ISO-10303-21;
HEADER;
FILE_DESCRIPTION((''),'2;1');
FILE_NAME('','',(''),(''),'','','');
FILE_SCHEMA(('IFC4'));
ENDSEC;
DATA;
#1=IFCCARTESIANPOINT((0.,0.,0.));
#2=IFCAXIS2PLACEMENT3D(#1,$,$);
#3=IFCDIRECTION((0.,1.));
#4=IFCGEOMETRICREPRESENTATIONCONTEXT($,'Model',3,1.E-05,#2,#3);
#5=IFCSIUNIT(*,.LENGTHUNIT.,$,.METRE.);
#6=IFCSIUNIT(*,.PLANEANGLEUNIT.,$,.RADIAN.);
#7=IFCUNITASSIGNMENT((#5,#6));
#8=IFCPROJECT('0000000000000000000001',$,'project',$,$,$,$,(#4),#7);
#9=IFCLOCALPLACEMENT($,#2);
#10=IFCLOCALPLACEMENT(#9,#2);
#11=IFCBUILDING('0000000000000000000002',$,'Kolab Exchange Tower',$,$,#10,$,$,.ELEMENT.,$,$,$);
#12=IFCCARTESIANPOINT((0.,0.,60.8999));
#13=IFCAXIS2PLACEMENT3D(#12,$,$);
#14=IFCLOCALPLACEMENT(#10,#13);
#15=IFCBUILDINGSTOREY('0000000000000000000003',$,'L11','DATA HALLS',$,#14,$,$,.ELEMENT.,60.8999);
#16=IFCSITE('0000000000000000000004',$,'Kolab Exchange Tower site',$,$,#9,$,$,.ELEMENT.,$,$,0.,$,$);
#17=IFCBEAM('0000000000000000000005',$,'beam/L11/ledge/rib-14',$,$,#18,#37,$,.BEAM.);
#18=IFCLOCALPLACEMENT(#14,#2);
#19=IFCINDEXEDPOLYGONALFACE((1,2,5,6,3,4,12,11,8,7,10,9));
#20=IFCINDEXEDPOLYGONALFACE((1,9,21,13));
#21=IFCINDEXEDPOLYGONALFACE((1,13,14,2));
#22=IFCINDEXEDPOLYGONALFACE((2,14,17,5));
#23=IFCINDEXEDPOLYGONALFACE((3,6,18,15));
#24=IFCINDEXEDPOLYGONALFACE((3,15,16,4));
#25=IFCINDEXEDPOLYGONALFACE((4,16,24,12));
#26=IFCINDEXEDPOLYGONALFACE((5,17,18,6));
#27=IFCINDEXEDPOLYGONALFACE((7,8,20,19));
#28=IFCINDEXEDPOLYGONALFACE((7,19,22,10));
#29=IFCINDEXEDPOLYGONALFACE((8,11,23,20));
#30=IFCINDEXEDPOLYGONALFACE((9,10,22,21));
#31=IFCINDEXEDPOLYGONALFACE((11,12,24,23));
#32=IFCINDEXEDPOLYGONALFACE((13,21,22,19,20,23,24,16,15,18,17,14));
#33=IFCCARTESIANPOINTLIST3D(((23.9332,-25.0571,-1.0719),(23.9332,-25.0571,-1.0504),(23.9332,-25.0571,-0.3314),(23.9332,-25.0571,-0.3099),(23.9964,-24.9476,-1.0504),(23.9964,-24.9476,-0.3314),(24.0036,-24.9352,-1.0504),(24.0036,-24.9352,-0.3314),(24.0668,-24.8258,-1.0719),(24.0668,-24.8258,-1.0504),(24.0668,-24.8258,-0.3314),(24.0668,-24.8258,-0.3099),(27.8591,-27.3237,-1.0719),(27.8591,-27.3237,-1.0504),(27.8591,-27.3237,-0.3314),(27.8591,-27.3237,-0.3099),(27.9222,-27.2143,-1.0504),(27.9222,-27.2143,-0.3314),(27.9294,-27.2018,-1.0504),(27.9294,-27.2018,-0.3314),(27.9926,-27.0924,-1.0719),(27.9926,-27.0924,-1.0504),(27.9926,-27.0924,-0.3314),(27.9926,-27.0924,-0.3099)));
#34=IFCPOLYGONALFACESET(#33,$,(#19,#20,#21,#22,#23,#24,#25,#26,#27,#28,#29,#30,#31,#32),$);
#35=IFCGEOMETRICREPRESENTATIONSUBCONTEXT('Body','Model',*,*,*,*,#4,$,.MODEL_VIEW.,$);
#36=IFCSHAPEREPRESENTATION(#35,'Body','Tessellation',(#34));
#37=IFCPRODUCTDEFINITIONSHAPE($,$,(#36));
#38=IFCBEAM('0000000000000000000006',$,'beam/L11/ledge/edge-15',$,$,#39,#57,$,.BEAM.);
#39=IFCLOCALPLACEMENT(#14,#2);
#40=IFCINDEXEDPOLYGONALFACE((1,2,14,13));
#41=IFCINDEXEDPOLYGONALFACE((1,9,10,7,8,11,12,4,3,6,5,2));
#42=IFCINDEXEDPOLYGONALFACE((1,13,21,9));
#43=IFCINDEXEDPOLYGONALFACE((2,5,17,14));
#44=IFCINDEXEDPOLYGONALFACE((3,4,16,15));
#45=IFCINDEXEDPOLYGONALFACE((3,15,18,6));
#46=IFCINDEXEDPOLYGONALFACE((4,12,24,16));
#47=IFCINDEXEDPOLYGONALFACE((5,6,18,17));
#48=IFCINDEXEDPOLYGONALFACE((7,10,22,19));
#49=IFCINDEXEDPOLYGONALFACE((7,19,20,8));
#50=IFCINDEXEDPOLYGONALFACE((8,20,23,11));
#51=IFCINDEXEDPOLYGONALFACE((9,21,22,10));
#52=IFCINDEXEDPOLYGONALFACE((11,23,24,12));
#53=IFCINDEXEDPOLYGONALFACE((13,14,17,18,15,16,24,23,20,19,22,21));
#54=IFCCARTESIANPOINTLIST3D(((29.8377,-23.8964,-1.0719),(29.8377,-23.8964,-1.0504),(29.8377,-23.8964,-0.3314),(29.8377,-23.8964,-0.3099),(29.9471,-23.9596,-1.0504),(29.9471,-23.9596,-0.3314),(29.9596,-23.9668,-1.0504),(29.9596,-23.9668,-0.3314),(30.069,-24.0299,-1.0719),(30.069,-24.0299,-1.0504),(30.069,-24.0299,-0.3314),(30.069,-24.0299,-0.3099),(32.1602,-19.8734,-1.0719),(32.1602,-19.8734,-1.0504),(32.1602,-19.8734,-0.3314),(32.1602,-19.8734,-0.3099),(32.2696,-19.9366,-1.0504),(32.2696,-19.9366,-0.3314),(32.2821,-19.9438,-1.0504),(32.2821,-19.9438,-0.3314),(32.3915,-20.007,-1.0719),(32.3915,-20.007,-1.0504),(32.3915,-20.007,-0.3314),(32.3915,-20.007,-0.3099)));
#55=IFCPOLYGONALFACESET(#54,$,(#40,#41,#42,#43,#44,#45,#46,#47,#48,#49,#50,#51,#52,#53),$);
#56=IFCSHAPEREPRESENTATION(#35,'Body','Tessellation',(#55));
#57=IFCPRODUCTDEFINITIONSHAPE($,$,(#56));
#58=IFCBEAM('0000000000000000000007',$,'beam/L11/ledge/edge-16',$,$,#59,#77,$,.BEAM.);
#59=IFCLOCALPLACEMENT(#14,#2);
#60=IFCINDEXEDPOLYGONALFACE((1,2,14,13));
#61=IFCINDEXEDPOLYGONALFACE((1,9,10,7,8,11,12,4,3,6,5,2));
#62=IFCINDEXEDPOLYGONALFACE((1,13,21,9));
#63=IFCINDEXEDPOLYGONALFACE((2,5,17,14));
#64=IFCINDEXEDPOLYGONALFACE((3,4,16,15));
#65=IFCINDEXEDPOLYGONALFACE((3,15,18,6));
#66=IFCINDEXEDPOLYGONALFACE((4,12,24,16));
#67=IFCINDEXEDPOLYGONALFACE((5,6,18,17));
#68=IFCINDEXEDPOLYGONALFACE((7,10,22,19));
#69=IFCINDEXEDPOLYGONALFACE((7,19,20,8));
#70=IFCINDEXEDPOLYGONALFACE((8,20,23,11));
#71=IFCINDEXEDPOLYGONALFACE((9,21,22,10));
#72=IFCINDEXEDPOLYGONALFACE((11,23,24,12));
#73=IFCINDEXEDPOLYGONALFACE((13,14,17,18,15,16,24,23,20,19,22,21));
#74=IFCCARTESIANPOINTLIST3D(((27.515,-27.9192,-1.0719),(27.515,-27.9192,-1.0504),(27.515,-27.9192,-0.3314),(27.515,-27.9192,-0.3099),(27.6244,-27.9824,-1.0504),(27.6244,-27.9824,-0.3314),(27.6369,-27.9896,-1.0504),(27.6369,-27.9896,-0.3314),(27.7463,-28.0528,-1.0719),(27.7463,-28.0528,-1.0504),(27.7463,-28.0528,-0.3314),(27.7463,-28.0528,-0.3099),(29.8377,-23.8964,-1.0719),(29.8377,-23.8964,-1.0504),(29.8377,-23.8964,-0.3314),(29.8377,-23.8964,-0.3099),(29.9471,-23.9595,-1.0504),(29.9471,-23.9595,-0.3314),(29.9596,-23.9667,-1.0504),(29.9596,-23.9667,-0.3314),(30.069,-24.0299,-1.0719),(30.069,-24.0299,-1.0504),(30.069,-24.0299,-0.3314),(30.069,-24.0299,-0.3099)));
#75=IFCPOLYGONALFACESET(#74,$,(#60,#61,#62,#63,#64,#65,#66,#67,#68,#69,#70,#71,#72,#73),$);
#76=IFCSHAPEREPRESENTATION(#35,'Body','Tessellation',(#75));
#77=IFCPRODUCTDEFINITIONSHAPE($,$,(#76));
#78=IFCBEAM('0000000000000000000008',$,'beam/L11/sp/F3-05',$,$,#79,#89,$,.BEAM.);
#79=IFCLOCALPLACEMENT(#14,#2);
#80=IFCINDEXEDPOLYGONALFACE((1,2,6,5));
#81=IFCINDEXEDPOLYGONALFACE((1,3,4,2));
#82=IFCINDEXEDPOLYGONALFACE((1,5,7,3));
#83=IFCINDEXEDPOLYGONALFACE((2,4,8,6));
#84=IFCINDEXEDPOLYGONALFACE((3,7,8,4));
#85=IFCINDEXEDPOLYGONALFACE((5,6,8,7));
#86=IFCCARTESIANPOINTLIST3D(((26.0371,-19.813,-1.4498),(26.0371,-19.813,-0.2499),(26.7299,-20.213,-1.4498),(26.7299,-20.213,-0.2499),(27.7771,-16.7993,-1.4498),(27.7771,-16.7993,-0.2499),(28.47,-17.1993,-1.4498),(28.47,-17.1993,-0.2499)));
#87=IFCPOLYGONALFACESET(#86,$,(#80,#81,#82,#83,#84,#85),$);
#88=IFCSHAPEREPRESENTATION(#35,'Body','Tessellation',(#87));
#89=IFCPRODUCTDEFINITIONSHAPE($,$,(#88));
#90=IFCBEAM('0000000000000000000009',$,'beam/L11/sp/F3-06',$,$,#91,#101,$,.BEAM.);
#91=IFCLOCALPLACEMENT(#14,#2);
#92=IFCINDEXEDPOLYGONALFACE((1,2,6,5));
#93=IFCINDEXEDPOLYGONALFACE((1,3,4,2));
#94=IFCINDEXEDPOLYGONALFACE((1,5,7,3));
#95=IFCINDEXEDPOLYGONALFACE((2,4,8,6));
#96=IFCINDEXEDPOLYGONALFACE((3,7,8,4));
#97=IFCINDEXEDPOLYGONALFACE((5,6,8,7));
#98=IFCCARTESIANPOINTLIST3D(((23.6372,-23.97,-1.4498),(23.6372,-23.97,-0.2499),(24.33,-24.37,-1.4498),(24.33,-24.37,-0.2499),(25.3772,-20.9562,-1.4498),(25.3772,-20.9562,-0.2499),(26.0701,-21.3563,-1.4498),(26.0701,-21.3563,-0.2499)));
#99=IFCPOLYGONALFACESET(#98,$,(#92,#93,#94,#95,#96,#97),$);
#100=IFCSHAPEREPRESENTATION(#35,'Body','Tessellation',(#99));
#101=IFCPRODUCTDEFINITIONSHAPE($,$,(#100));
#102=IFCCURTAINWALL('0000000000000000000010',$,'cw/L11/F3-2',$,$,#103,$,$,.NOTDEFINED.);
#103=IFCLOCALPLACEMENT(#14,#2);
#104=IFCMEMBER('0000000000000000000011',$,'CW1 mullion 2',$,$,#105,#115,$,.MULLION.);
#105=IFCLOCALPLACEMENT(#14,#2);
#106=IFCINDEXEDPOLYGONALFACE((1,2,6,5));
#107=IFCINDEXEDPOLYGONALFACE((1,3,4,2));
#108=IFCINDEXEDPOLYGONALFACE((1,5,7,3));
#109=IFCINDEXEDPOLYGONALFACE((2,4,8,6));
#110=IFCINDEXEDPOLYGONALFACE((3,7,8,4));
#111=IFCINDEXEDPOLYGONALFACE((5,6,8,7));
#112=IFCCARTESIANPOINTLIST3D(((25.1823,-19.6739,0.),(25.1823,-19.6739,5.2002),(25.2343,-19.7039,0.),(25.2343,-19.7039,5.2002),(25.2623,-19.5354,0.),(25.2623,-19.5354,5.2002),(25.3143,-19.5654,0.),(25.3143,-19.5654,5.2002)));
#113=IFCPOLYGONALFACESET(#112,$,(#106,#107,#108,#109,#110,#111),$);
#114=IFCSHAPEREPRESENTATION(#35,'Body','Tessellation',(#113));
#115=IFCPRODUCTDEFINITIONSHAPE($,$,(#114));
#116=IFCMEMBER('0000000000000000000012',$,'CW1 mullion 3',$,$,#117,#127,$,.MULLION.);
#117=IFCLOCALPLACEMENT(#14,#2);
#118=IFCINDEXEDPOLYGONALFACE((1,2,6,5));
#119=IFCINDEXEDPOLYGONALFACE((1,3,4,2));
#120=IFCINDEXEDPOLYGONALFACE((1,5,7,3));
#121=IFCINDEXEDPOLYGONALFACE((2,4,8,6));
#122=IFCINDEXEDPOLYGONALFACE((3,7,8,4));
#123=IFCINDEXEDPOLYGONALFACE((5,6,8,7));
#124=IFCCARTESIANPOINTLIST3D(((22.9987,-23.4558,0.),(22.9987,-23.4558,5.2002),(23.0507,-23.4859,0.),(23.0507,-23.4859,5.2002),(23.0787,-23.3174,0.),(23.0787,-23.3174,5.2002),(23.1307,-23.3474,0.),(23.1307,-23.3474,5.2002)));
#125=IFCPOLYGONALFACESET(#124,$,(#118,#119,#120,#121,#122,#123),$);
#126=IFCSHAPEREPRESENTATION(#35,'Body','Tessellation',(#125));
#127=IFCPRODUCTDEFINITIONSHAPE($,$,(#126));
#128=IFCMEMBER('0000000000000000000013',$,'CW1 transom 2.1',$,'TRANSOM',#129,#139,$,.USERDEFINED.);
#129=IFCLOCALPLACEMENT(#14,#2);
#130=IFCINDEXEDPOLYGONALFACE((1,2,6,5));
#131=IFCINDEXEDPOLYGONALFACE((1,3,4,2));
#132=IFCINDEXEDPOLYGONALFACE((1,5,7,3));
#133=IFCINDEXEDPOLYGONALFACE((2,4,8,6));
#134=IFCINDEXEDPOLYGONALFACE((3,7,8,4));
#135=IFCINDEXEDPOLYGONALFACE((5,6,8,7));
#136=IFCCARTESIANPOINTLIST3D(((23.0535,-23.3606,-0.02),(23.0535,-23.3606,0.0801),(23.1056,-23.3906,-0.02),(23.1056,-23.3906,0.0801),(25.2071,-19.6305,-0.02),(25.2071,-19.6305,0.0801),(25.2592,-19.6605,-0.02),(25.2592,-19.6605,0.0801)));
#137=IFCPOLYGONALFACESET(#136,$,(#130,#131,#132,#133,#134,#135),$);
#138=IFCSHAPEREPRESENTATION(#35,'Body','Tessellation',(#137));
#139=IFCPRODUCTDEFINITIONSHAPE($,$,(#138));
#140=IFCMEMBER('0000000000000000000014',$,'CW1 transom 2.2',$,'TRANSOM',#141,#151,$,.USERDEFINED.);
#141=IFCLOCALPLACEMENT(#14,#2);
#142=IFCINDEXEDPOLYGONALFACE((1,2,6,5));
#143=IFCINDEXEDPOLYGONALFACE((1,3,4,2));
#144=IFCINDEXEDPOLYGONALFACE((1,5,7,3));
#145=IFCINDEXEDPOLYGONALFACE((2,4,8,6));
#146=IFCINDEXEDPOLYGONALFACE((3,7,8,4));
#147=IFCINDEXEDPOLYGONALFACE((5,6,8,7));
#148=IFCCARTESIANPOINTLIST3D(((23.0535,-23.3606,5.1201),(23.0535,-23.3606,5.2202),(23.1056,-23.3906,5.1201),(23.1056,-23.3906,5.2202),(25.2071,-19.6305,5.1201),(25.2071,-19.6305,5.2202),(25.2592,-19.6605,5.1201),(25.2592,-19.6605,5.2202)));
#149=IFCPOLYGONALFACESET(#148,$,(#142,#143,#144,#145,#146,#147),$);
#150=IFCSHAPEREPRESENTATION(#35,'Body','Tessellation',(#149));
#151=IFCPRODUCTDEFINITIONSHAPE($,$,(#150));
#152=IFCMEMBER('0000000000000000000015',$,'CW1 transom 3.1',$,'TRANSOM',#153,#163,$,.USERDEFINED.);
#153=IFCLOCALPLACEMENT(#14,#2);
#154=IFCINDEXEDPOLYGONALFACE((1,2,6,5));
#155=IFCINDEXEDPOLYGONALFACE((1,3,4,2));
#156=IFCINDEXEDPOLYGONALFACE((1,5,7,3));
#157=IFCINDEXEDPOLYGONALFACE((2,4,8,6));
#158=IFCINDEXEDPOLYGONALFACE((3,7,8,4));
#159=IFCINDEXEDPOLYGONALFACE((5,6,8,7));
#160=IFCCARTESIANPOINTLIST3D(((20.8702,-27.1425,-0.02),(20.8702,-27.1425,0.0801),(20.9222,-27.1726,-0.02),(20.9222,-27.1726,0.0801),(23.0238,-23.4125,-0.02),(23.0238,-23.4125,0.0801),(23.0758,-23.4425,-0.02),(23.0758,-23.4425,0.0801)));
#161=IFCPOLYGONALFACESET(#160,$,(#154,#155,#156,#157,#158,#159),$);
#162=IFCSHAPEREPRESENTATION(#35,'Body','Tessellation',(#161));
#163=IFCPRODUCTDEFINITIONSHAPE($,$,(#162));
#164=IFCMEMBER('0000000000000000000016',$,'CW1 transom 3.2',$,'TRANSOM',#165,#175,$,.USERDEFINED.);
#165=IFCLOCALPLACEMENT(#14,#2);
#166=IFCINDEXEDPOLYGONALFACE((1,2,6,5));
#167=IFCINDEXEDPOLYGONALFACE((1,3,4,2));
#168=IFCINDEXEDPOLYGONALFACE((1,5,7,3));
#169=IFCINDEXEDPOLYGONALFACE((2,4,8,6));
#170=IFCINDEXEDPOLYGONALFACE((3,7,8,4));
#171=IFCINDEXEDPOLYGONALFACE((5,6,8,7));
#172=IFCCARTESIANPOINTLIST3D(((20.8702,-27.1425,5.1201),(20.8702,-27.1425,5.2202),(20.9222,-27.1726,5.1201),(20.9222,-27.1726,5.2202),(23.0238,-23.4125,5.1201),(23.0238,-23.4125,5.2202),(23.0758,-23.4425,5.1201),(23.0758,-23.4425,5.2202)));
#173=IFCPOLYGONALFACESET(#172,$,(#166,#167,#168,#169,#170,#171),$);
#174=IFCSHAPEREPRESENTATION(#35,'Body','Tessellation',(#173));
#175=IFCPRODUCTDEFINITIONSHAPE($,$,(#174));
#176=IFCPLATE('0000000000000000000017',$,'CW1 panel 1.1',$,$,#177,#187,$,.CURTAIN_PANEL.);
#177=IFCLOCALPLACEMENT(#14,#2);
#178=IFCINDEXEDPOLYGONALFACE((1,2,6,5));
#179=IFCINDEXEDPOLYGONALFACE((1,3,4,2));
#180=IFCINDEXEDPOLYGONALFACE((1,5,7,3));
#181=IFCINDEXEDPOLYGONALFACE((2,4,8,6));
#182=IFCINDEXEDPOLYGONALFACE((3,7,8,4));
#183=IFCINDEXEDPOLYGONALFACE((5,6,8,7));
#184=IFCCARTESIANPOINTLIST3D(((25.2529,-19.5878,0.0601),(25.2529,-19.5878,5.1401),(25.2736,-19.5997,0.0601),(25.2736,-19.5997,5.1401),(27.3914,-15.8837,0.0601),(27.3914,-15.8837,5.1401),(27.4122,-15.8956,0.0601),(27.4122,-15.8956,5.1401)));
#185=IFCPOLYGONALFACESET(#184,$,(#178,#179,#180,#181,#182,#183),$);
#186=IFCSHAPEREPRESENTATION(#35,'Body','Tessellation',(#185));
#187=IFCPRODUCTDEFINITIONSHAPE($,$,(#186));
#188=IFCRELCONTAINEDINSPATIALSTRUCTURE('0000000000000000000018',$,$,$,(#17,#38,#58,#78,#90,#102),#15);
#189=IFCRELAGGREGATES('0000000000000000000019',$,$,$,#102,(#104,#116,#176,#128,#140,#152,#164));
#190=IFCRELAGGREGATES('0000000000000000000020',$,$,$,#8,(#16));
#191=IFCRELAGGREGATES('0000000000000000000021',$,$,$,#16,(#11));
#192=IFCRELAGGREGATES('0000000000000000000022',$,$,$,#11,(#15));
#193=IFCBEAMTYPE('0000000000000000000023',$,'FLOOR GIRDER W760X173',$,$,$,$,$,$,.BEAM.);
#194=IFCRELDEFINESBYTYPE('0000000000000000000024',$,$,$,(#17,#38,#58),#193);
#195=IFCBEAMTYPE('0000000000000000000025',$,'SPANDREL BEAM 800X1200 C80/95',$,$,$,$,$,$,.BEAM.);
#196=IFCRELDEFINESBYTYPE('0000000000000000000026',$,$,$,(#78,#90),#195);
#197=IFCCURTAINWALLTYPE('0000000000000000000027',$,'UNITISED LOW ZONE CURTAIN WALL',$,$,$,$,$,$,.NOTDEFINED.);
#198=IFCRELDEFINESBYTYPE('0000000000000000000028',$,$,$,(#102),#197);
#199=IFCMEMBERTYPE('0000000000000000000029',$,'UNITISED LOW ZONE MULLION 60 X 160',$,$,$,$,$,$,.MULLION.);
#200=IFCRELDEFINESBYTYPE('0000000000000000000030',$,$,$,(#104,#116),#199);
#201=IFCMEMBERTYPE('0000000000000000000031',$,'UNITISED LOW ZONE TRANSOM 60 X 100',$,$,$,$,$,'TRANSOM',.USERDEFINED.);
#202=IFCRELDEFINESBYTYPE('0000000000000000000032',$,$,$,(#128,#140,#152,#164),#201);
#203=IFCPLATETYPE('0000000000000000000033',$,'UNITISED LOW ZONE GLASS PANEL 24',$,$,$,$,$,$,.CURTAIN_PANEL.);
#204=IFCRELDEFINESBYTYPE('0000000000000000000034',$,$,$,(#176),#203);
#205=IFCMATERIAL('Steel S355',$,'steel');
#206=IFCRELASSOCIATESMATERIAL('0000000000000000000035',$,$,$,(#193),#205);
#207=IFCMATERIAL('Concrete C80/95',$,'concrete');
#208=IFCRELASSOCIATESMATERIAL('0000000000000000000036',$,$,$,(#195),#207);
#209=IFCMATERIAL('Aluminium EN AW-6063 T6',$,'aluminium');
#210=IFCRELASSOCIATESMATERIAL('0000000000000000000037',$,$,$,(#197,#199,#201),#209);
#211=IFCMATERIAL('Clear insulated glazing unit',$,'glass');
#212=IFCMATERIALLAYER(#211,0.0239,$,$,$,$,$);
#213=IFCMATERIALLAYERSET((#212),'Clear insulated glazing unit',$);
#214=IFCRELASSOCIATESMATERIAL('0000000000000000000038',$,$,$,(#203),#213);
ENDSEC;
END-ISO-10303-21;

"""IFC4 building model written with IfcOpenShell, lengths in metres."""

from ifc_helpers import new_model, si_unit, direction, frame, origin, origin_2d, place, context, subcontext, project, spatial, rectangle, i_section, extrude, material, layer, layer_set, material_profile, profile_set, type_object, element, aggregate, save


model = new_model("IFC4")

# Units and contexts
model_context = context("Model", 3, precision=1e-05, world=origin(), true_north=direction((0.0, 1.0)))
body_context = subcontext(model_context, "Body", "Model", "MODEL_VIEW")
ifc_project = project(units=[si_unit("LENGTHUNIT", "METRE"), si_unit("PLANEANGLEUNIT", "RADIAN")], contexts=[model_context])

# Site, building, storey
site_placement = place(None, origin())
site = spatial("IfcSite", under=ifc_project, at=site_placement, Name="Kolab Exchange Tower site", CompositionType="ELEMENT", RefElevation=0.0)
building_placement = place(site_placement, origin())
building = spatial("IfcBuilding", under=site, at=building_placement, Name="Kolab Exchange Tower", CompositionType="ELEMENT")
storey_placement = place(building_placement, frame((0.0, 0.0, 60.8999)))
storey = spatial("IfcBuildingStorey", under=building, at=storey_placement, Name="L11", Description="DATA HALLS", CompositionType="ELEMENT", Elevation=60.8999)

# Shared definitions
ifc_material_1 = material(Name="Concrete C80/95", Category="concrete")

# Beams
ifc_material_2 = material(Name="Steel S355", Category="steel")
ifc_material_profile_1 = material_profile(ifc_material_2, i_section(OverallWidth=0.2671, OverallDepth=0.762, WebThickness=0.0144, FlangeThickness=0.0215, at=origin_2d()), Name="W760X173")
ifc_profile_set_1 = profile_set([ifc_material_profile_1], Name="Steel S355")
beam_type_1 = type_object("IfcBeamType", Name="FLOOR GIRDER W760X173", PredefinedType="BEAM", material=ifc_profile_set_1)
beam_1_placement = place(storey_placement, frame((24.0, -24.9414, -0.6909), z_axis=(0.866021, -0.500008, 0.0), x_axis=(0.500008, 0.866021, 0.0)))
element("IfcBeam", 1, at=beam_1_placement, inside=storey, type_object=beam_type_1, Name="beam/L11/ledge/rib-14", PredefinedType="BEAM", context=body_context, shape_type="SweptSolid", body=[
    extrude(i_section(OverallWidth=0.2671, OverallDepth=0.762, WebThickness=0.0144, FlangeThickness=0.0215, at=origin_2d()), origin(), (0.0, 0.0, 1.0), 4.5332),
])
for number, where, z_axis, x_axis, name in (
    (2, (32.2759, -19.9402, -0.6909), (-0.499977, -0.866039, 0.0), (0.866039, -0.499977, 0.0), "beam/L11/ledge/edge-15"),
    (3, (29.9534, -23.9631, -0.6909), (-0.500017, -0.866016, 0.0), (0.866016, -0.500017, 0.0), "beam/L11/ledge/edge-16"),
):
    element("IfcBeam", number, at=place(storey_placement, frame(where, z_axis=z_axis, x_axis=x_axis)), inside=storey, type_object=beam_type_1, Name=name, PredefinedType="BEAM", context=body_context, shape_type="SweptSolid", body=[
        extrude(i_section(OverallWidth=0.2671, OverallDepth=0.762, WebThickness=0.0144, FlangeThickness=0.0215, at=origin_2d()), origin(), (0.0, 0.0, 1.0), 4.6453),
    ])
ifc_material_profile_2 = material_profile(ifc_material_1, rectangle(XDim=0.8, YDim=1.2, at=origin_2d()), Name="RC800X1200")
ifc_profile_set_2 = profile_set([ifc_material_profile_2], Name="Concrete C80/95")
beam_type_2 = type_object("IfcBeamType", Name="SPANDREL BEAM 800X1200 C80/95", PredefinedType="BEAM", material=ifc_profile_set_2)
for number, where, z_axis, x_axis, name in (
    (4, (28.1235, -16.9993, -0.8499), (-0.50001, -0.86602, 0.0), (0.86602, -0.50001, 0.0), "beam/L11/sp/F3-05"),
    (5, (25.7236, -21.1562, -0.8499), (-0.50001, -0.86602, 0.0), (0.86602, -0.50001, 0.0), "beam/L11/sp/F3-06"),
):
    element("IfcBeam", number, at=place(storey_placement, frame(where, z_axis=z_axis, x_axis=x_axis)), inside=storey, type_object=beam_type_2, Name=name, PredefinedType="BEAM", context=body_context, shape_type="SweptSolid", body=[
        extrude(rectangle(XDim=0.8, YDim=1.2, at=origin_2d()), origin(), (0.0, 0.0, 1.0), 3.48),
    ])

# Curtain wall, members, plate
ifc_material_3 = material(Name="Aluminium EN AW-6063 T6", Category="aluminium")
curtain_wall_type = type_object("IfcCurtainWallType", Name="UNITISED LOW ZONE CURTAIN WALL", PredefinedType="NOTDEFINED", material=ifc_material_3)
curtain_wall_placement = place(storey_placement, origin())
curtain_wall = element("IfcCurtainWall", 6, at=curtain_wall_placement, inside=storey, type_object=curtain_wall_type, Name="cw/L11/F3-2", PredefinedType="NOTDEFINED")
ifc_material_profile_3 = material_profile(ifc_material_3, rectangle(XDim=0.0601, YDim=0.1599, at=origin_2d()), Name="RECT 60X160")
ifc_profile_set_3 = profile_set([ifc_material_profile_3], Name="Aluminium EN AW-6063 T6")
member_type_1 = type_object("IfcMemberType", Name="UNITISED LOW ZONE MULLION 60 X 160", PredefinedType="MULLION", material=ifc_profile_set_3)
member_1_placement = place(storey_placement, frame((25.2483, -19.6196, 0.0), z_axis=(0.0, 0.0, 1.0), x_axis=(0.866025, -0.5, 0.0)))
member_1 = element("IfcMember", 7, at=member_1_placement, type_object=member_type_1, Name="CW1 mullion 2", PredefinedType="MULLION", context=body_context, shape_type="SweptSolid", body=[
    extrude(rectangle(XDim=0.0601, YDim=0.1599, at=origin_2d()), origin(), (0.0, 0.0, 1.0), 5.2002),
])
member_2_placement = place(storey_placement, frame((23.0647, -23.4016, 0.0), z_axis=(0.0, 0.0, 1.0), x_axis=(0.866025, -0.5, 0.0)))
member_2 = element("IfcMember", 8, at=member_2_placement, type_object=member_type_1, Name="CW1 mullion 3", PredefinedType="MULLION", context=body_context, shape_type="SweptSolid", body=[
    extrude(rectangle(XDim=0.0601, YDim=0.1599, at=origin_2d()), origin(), (0.0, 0.0, 1.0), 5.2002),
])
ifc_material_profile_4 = material_profile(ifc_material_3, rectangle(XDim=0.0601, YDim=0.1001, at=origin_2d()), Name="RECT 60X100")
ifc_profile_set_4 = profile_set([ifc_material_profile_4], Name="Aluminium EN AW-6063 T6")
member_type_2 = type_object("IfcMemberType", Name="UNITISED LOW ZONE TRANSOM 60 X 100", ElementType="TRANSOM", PredefinedType="USERDEFINED", material=ifc_profile_set_4)
member_3_placement = place(storey_placement, frame((25.2332, -19.6455, 0.03), z_axis=(-0.50001, -0.866019, 0.0), x_axis=(0.866019, -0.50001, 0.0)))
member_3 = element("IfcMember", 9, at=member_3_placement, type_object=member_type_2, Name="CW1 transom 2.1", ObjectType="TRANSOM", PredefinedType="USERDEFINED", context=body_context, shape_type="SweptSolid", body=[
    extrude(rectangle(XDim=0.0601, YDim=0.1001, at=origin_2d()), origin(), (0.0, 0.0, 1.0), 4.3071),
])
member_4_placement = place(storey_placement, frame((25.2332, -19.6455, 5.1702), z_axis=(-0.50001, -0.866019, 0.0), x_axis=(0.866019, -0.50001, 0.0)))
member_4 = element("IfcMember", 10, at=member_4_placement, type_object=member_type_2, Name="CW1 transom 2.2", ObjectType="TRANSOM", PredefinedType="USERDEFINED", context=body_context, shape_type="SweptSolid", body=[
    extrude(rectangle(XDim=0.0601, YDim=0.1001, at=origin_2d()), origin(), (0.0, 0.0, 1.0), 4.3071),
])
member_5_placement = place(storey_placement, frame((23.0498, -23.4275, 0.03), z_axis=(-0.50001, -0.866019, 0.0), x_axis=(0.866019, -0.50001, 0.0)))
member_5 = element("IfcMember", 11, at=member_5_placement, type_object=member_type_2, Name="CW1 transom 3.1", ObjectType="TRANSOM", PredefinedType="USERDEFINED", context=body_context, shape_type="SweptSolid", body=[
    extrude(rectangle(XDim=0.0601, YDim=0.1001, at=origin_2d()), origin(), (0.0, 0.0, 1.0), 4.3071),
])
member_6_placement = place(storey_placement, frame((23.0498, -23.4275, 5.1702), z_axis=(-0.50001, -0.866019, 0.0), x_axis=(0.866019, -0.50001, 0.0)))
member_6 = element("IfcMember", 12, at=member_6_placement, type_object=member_type_2, Name="CW1 transom 3.2", ObjectType="TRANSOM", PredefinedType="USERDEFINED", context=body_context, shape_type="SweptSolid", body=[
    extrude(rectangle(XDim=0.0601, YDim=0.1001, at=origin_2d()), origin(), (0.0, 0.0, 1.0), 4.3071),
])
ifc_material_4 = material(Name="Clear insulated glazing unit", Category="glass")
ifc_layer = layer(ifc_material_4, 0.0239)
ifc_layer_set = layer_set([ifc_layer], Name="Clear insulated glazing unit")
plate_type = type_object("IfcPlateType", Name="UNITISED LOW ZONE GLASS PANEL 24", PredefinedType="CURTAIN_PANEL", material=ifc_layer_set)
plate_1_placement = place(storey_placement, frame((26.3325, -17.7417, 0.0601), z_axis=(0.0, 0.0, 1.0), x_axis=(-0.5, -0.866025, 0.0)))
plate_1 = element("IfcPlate", 13, at=plate_1_placement, type_object=plate_type, Name="CW1 panel 1.1", PredefinedType="CURTAIN_PANEL", context=body_context, shape_type="SweptSolid", body=[
    extrude(rectangle(XDim=4.2771, YDim=0.0239, at=origin_2d()), origin(), (0.0, 0.0, 1.0), 5.0801),
])
aggregate(curtain_wall, [member_1, member_2, plate_1, member_3, member_4, member_5, member_6])

save(model, "model.ifc")
